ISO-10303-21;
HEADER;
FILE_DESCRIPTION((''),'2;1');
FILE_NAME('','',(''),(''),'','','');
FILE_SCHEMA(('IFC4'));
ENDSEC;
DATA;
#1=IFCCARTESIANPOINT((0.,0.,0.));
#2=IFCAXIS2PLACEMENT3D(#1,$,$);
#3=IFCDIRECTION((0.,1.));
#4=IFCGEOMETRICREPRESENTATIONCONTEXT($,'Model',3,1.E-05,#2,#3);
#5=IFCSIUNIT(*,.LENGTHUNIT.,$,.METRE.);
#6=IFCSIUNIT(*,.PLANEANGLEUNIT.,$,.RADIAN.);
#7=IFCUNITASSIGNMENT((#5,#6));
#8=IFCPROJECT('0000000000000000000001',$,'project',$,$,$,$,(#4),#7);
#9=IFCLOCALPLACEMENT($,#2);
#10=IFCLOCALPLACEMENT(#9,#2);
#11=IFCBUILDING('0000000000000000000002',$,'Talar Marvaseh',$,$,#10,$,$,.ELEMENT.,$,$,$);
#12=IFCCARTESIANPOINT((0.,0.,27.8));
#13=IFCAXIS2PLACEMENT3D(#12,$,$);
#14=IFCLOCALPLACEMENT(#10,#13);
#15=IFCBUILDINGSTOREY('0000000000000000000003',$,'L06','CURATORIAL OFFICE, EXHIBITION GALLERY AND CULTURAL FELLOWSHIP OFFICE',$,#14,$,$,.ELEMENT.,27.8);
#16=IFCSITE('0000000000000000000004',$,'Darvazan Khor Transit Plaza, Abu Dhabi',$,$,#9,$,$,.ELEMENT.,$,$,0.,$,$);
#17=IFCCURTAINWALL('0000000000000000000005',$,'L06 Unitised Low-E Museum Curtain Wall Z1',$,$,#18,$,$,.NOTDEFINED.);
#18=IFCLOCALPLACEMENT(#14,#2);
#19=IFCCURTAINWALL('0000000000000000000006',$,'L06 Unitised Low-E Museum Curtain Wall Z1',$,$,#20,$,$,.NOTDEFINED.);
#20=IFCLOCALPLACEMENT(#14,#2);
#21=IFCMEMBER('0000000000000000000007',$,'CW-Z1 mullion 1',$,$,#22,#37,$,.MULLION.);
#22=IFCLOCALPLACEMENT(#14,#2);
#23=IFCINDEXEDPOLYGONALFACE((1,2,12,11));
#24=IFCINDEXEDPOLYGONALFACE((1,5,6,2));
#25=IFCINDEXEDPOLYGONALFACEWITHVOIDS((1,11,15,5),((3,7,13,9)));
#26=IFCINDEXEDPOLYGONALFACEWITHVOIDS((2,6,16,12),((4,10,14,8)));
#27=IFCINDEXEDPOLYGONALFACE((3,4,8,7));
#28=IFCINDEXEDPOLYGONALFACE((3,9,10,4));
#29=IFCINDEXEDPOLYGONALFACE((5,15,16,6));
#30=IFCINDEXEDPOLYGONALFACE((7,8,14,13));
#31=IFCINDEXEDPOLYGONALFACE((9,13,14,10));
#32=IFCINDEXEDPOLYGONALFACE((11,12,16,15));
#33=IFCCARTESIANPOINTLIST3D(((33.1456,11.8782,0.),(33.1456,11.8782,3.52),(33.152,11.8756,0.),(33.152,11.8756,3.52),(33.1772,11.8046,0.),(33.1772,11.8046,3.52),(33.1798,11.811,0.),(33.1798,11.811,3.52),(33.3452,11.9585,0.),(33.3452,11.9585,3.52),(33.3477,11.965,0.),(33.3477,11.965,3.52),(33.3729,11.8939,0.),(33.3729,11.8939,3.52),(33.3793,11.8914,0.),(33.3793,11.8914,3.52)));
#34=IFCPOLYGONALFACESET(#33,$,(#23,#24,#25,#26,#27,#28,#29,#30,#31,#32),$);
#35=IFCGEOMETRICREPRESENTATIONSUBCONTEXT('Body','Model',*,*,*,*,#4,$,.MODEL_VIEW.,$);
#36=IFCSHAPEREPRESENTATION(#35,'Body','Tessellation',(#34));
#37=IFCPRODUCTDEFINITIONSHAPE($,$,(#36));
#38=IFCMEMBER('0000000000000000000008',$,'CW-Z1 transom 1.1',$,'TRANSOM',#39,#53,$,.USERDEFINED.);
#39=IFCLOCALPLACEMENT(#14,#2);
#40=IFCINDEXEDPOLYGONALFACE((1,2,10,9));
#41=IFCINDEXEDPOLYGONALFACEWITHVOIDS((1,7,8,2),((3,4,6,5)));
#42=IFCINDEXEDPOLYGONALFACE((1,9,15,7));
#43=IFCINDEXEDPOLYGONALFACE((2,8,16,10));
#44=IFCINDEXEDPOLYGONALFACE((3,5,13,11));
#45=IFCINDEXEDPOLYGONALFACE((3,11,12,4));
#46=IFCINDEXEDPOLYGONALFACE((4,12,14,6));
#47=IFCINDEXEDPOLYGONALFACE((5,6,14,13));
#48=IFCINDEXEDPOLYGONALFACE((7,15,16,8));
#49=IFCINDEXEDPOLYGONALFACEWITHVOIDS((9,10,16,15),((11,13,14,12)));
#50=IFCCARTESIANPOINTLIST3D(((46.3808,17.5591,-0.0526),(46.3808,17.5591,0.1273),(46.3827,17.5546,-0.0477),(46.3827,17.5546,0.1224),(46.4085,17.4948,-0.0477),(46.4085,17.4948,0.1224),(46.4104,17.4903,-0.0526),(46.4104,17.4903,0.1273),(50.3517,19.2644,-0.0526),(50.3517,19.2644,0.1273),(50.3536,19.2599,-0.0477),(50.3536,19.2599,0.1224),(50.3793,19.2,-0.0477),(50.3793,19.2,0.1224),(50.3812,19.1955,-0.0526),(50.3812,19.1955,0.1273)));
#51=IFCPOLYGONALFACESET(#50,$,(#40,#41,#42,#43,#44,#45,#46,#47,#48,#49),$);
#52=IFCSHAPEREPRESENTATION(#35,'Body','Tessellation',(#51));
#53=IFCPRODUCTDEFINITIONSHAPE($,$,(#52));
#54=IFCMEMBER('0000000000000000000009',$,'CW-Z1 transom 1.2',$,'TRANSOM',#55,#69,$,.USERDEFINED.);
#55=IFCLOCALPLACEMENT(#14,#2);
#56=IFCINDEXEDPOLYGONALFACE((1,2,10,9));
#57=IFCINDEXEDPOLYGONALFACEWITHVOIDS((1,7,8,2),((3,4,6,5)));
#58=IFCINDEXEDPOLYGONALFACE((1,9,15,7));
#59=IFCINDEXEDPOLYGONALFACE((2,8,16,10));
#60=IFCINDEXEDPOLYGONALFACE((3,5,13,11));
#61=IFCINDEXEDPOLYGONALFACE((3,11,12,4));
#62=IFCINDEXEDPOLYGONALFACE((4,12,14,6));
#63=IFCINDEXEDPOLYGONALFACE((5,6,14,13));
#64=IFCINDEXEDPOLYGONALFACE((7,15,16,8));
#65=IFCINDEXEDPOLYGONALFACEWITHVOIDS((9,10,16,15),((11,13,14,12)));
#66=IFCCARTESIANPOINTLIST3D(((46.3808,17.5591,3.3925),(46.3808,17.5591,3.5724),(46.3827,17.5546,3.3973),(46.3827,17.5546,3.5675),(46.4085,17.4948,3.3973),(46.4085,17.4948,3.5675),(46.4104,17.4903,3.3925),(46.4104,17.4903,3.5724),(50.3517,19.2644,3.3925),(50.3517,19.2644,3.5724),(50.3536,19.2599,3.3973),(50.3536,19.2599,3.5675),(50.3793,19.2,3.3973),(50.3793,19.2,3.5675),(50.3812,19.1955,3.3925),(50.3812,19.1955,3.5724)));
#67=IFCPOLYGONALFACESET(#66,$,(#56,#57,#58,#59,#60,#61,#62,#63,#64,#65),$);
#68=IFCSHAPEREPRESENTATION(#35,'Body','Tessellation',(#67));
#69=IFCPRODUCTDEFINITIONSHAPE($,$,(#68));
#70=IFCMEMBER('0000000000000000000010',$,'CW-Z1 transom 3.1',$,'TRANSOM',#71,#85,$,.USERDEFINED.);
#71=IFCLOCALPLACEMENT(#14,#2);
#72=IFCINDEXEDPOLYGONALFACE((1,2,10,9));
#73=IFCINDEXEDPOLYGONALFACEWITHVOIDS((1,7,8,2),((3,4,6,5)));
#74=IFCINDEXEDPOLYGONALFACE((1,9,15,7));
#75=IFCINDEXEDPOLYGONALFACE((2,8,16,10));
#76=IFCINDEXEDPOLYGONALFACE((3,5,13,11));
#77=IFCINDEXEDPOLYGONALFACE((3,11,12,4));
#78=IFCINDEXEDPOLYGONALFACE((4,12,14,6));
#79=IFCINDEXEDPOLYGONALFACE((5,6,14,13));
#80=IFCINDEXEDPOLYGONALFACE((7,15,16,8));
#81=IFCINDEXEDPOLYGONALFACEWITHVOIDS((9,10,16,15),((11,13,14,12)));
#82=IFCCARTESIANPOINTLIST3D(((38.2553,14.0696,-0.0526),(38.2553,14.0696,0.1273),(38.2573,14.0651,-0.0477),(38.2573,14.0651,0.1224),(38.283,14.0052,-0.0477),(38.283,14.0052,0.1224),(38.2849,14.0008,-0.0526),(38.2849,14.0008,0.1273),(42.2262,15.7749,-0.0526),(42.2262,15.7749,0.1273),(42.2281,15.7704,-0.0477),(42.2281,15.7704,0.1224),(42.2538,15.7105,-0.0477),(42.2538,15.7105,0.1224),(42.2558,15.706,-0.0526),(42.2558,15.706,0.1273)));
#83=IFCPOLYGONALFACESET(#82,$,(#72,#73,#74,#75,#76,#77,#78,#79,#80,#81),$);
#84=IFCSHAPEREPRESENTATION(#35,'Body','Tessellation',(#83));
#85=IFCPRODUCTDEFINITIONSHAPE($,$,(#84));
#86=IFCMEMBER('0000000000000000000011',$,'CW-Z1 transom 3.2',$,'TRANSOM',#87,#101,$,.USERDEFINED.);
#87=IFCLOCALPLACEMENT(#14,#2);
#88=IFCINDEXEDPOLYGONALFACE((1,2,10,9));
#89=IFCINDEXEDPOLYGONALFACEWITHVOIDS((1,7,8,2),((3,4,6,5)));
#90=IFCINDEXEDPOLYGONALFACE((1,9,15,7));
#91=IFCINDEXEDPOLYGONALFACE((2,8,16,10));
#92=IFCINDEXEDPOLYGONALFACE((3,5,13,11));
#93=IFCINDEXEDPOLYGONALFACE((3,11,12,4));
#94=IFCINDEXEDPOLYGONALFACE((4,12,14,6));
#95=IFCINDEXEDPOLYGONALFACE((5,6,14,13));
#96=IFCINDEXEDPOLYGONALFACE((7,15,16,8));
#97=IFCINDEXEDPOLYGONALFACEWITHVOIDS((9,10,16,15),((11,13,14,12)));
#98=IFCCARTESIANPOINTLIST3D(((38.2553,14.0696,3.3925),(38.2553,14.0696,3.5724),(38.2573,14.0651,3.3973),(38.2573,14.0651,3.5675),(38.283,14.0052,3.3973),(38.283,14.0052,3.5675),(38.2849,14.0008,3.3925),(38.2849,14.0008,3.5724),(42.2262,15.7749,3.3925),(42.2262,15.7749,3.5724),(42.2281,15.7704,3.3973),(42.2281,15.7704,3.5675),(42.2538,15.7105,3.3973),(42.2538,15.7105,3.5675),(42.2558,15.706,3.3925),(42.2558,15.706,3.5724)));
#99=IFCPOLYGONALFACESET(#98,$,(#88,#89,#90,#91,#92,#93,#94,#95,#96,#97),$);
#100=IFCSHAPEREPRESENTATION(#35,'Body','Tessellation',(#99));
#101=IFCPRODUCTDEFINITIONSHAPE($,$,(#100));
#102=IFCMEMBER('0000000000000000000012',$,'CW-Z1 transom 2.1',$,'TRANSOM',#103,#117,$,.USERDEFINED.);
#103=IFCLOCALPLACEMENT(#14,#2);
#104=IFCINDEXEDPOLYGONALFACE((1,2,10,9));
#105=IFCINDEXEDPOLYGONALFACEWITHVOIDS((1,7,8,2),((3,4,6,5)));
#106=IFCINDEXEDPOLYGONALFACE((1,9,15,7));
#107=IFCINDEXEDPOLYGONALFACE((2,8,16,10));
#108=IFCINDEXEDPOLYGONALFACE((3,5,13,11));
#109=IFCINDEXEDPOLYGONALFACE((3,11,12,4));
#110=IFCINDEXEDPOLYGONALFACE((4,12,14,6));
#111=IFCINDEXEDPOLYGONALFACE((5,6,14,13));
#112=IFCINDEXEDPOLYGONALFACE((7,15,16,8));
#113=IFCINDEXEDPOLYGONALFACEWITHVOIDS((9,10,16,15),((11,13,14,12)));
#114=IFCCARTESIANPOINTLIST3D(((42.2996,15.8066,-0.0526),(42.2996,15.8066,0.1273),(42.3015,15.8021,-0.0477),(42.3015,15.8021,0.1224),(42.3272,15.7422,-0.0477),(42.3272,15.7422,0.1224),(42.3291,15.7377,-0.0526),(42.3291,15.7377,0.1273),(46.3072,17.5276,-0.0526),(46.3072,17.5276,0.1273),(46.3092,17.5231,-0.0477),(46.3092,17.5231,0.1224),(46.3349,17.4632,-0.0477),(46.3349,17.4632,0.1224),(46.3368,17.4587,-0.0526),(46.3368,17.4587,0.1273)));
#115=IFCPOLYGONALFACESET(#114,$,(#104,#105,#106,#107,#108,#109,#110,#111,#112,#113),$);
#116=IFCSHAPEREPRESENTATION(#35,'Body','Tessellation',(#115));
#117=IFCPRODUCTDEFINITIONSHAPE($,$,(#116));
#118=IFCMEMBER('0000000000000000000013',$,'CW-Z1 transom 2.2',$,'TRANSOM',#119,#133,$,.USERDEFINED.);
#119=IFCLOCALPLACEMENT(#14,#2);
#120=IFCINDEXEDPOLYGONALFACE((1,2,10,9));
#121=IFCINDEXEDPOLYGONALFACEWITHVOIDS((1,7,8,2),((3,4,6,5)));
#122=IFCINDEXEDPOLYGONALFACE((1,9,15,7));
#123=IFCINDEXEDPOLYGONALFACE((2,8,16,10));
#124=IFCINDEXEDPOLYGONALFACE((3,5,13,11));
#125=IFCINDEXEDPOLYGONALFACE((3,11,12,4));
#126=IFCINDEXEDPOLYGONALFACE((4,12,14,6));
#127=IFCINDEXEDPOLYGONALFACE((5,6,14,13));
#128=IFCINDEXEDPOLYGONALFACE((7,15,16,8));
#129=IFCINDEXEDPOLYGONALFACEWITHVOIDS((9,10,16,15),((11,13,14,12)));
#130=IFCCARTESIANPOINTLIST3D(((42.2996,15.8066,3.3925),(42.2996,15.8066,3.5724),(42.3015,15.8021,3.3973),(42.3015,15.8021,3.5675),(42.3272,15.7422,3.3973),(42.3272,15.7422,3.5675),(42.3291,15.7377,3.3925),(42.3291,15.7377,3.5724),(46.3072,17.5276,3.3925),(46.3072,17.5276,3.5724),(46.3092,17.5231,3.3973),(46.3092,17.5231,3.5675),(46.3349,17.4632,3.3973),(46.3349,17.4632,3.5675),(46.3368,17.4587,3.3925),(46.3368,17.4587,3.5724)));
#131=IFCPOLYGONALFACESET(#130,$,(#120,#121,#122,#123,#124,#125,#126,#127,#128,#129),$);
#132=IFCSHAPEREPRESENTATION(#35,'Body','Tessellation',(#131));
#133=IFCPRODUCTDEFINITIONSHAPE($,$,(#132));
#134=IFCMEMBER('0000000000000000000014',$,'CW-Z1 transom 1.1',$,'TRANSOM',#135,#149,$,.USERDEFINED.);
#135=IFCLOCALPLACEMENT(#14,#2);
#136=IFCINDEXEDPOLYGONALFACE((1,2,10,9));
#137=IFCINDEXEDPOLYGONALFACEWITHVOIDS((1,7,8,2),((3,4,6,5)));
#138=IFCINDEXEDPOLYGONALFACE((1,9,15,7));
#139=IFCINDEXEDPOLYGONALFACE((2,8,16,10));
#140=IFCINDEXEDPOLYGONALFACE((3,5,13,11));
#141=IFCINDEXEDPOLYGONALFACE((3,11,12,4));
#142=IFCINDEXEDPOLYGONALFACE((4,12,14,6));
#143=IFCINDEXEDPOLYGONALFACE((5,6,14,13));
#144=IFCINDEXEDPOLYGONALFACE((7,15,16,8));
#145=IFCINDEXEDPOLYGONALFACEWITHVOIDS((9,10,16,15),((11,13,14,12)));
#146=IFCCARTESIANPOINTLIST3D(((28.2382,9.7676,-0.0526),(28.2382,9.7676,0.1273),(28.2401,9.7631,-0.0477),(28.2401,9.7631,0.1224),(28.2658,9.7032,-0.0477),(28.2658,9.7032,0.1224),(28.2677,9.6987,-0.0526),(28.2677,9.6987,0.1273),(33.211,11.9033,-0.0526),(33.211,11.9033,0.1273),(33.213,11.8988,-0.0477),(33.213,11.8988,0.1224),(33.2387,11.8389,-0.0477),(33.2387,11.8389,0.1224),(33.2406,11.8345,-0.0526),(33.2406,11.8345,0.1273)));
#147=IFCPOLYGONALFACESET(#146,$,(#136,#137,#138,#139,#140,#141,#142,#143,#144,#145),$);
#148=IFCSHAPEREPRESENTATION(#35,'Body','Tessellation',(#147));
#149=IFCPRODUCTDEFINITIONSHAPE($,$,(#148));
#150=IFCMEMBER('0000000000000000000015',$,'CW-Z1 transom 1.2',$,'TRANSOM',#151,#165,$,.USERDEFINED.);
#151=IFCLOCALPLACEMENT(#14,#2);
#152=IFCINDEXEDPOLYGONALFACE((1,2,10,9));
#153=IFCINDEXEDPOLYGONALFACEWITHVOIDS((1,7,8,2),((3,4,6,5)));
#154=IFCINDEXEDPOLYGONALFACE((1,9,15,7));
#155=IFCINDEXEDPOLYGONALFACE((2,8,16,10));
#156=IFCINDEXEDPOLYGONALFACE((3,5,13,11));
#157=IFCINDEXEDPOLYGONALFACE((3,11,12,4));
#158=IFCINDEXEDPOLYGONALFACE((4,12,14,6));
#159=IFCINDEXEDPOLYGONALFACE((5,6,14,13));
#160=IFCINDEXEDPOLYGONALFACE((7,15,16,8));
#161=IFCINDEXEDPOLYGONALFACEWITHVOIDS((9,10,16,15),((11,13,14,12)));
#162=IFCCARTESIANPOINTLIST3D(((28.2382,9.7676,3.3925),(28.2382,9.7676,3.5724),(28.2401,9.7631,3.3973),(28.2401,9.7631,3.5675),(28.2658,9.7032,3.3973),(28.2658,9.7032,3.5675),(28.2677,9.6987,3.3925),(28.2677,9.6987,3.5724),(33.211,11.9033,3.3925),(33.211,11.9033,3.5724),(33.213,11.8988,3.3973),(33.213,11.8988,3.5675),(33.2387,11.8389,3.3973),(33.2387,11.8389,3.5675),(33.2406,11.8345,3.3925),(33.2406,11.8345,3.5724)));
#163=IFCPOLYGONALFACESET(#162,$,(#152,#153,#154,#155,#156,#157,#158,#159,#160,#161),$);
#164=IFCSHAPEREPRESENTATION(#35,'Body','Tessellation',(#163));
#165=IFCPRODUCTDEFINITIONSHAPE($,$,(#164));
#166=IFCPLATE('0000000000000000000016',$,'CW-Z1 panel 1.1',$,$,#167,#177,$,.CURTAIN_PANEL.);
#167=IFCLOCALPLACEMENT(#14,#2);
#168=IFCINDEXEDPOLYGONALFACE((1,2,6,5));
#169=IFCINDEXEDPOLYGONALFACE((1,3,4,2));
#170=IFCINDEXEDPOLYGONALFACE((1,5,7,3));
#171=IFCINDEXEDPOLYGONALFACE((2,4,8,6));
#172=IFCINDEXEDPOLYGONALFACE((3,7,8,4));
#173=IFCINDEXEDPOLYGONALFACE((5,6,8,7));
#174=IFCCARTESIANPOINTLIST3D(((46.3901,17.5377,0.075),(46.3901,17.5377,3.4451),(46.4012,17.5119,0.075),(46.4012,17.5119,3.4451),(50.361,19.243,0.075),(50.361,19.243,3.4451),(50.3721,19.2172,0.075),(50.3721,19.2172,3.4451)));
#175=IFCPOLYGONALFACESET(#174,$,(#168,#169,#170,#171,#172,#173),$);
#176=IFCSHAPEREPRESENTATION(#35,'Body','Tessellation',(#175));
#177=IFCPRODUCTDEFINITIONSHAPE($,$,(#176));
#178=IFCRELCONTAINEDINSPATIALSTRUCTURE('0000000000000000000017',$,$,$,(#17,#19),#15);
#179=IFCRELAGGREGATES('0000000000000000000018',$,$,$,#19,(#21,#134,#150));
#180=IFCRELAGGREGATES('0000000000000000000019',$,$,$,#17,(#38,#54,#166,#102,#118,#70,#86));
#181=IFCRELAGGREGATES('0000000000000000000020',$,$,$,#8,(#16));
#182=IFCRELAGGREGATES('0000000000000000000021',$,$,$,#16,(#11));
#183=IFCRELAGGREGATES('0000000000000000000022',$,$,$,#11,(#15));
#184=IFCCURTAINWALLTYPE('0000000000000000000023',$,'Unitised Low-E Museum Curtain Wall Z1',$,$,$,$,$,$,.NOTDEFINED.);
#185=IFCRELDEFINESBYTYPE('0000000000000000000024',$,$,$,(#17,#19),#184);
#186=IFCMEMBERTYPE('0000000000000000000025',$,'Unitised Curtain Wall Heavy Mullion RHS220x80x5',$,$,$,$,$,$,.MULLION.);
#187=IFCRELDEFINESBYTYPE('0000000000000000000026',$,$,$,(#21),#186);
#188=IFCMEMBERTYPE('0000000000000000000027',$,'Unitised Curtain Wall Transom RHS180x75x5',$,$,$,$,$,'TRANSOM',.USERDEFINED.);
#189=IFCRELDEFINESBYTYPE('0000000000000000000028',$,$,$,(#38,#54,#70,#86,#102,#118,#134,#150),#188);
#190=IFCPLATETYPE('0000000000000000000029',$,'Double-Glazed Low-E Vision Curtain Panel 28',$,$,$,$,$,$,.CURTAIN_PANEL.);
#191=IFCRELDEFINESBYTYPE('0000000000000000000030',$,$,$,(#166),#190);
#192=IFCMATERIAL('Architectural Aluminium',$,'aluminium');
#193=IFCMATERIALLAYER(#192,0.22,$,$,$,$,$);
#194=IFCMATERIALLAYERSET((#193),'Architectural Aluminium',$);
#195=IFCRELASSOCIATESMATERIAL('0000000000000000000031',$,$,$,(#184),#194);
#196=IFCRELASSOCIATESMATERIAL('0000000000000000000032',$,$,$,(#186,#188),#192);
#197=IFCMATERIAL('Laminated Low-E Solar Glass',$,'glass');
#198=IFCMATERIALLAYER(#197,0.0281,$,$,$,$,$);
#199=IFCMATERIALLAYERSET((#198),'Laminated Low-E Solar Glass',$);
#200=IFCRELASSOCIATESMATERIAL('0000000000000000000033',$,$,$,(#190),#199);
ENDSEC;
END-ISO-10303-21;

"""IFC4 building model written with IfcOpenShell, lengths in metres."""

from ifc_helpers import new_model, si_unit, direction, frame, origin, origin_2d, place, context, subcontext, project, spatial, rectangle, hollow_rectangle, extrude, source, transform, mapped, material, layer, layer_set, material_profile, profile_set, type_object, type_shapes, element, aggregate, save


model = new_model("IFC4")

# Units and contexts
model_context = context("Model", 3, precision=1e-05, world=origin(), true_north=direction((0.0, 1.0)))
body_context = subcontext(model_context, "Body", "Model", "MODEL_VIEW")
ifc_project = project(units=[si_unit("LENGTHUNIT", "METRE"), si_unit("PLANEANGLEUNIT", "RADIAN")], contexts=[model_context])

# Site, building, storey
site_placement = place(None, origin())
site = spatial("IfcSite", under=ifc_project, at=site_placement, Name="Darvazan Khor Transit Plaza, Abu Dhabi", CompositionType="ELEMENT", RefElevation=0.0)
building_placement = place(site_placement, origin())
building = spatial("IfcBuilding", under=site, at=building_placement, Name="Talar Marvaseh", CompositionType="ELEMENT")
storey_placement = place(building_placement, frame((0.0, 0.0, 27.8)))
storey = spatial("IfcBuildingStorey", under=building, at=storey_placement, Name="L06", Description="CURATORIAL OFFICE, EXHIBITION GALLERY AND CULTURAL FELLOWSHIP OFFICE", CompositionType="ELEMENT", Elevation=27.8)

# Curtain wall
ifc_material_1 = material(Name="Architectural Aluminium", Category="aluminium")
ifc_layer_1 = layer(ifc_material_1, 0.22)
ifc_layer_set_1 = layer_set([ifc_layer_1], Name="Architectural Aluminium")
curtain_wall_type = type_object("IfcCurtainWallType", Name="Unitised Low-E Museum Curtain Wall Z1", PredefinedType="NOTDEFINED", material=ifc_layer_set_1)
curtain_wall_1_placement = place(storey_placement, origin())
curtain_wall_1 = element("IfcCurtainWall", 1, at=curtain_wall_1_placement, inside=storey, type_object=curtain_wall_type, Name="L06 Unitised Low-E Museum Curtain Wall Z1", PredefinedType="NOTDEFINED")
ifc_material_profile_1 = material_profile(ifc_material_1, hollow_rectangle(XDim=0.0801, YDim=0.22, WallThickness=0.0049, at=origin_2d()), Name="RHS220x80x5")
ifc_profile_set_1 = profile_set([ifc_material_profile_1], Name="Architectural Aluminium")
member_type_1 = type_object("IfcMemberType", Name="Unitised Curtain Wall Heavy Mullion RHS220x80x5", PredefinedType="MULLION", material=ifc_profile_set_1)
shared_shape_1 = source(origin(), body_context, "Body", "SweptSolid", [
    extrude(hollow_rectangle(XDim=0.0801, YDim=0.22, WallThickness=0.0049, at=origin_2d()), origin(), (0.0, 0.0, 1.0), 3.52),
])
type_shapes(member_type_1, [shared_shape_1])

# Curtain wall, member
curtain_wall_2_placement = place(storey_placement, origin())
curtain_wall_2 = element("IfcCurtainWall", 2, at=curtain_wall_2_placement, inside=storey, type_object=curtain_wall_type, Name="L06 Unitised Low-E Museum Curtain Wall Z1", PredefinedType="NOTDEFINED")
member_1_placement = place(storey_placement, frame((33.2625, 11.8848, 0.0), z_axis=(0.0, 0.0, 1.0), x_axis=(0.394604, -0.918851, 0.0)))
member_1 = element("IfcMember", 3, at=member_1_placement, type_object=member_type_1, Name="CW-Z1 mullion 1", PredefinedType="MULLION", context=body_context, shape_type="MappedRepresentation", body=[
    mapped(shared_shape_1, transform((0.0, 0.0, 0.0), x_axis=(1.0, 0.0, 0.0), y_axis=(0.0, 1.0, 0.0), z_axis=(0.0, 0.0, 1.0), scale=1.0)),
])

# Members
ifc_material_profile_2 = material_profile(ifc_material_1, hollow_rectangle(XDim=0.075, YDim=0.1799, WallThickness=0.0049, at=origin_2d()), Name="RHS180x75x5")
ifc_profile_set_2 = profile_set([ifc_material_profile_2], Name="Architectural Aluminium")
member_type_2 = type_object("IfcMemberType", Name="Unitised Curtain Wall Transom RHS180x75x5", ElementType="TRANSOM", PredefinedType="USERDEFINED", material=ifc_profile_set_2)
shared_shape_2 = source(origin(), body_context, "Body", "SweptSolid", [
    extrude(hollow_rectangle(XDim=0.075, YDim=0.1799, WallThickness=0.0049, at=origin_2d()), origin(), (0.0, 0.0, 1.0), 4.3215),
])
member_2_placement = place(storey_placement, frame((50.3665, 19.23, 0.0374), z_axis=(-0.918853, -0.394601, 0.0), x_axis=(0.394601, -0.918853, 0.0)))
member_2 = element("IfcMember", 4, at=member_2_placement, type_object=member_type_2, Name="CW-Z1 transom 1.1", ObjectType="TRANSOM", PredefinedType="USERDEFINED", context=body_context, shape_type="MappedRepresentation", body=[
    mapped(shared_shape_2, transform((0.0, 0.0, 0.0), x_axis=(1.0, 0.0, 0.0), y_axis=(0.0, 1.0, 0.0), z_axis=(0.0, 0.0, 1.0), scale=1.0)),
])
member_3_placement = place(storey_placement, frame((50.3665, 19.23, 3.4824), z_axis=(-0.918853, -0.394601, 0.0), x_axis=(0.394601, -0.918853, 0.0)))
member_3 = element("IfcMember", 5, at=member_3_placement, type_object=member_type_2, Name="CW-Z1 transom 1.2", ObjectType="TRANSOM", PredefinedType="USERDEFINED", context=body_context, shape_type="MappedRepresentation", body=[
    mapped(shared_shape_2, transform((0.0, 0.0, 0.0), x_axis=(1.0, 0.0, 0.0), y_axis=(0.0, 1.0, 0.0), z_axis=(0.0, 0.0, 1.0), scale=1.0)),
])
member_4_placement = place(storey_placement, frame((42.241, 15.7405, 0.0374), z_axis=(-0.918853, -0.394601, 0.0), x_axis=(0.394601, -0.918853, 0.0)))
member_4 = element("IfcMember", 6, at=member_4_placement, type_object=member_type_2, Name="CW-Z1 transom 3.1", ObjectType="TRANSOM", PredefinedType="USERDEFINED", context=body_context, shape_type="MappedRepresentation", body=[
    mapped(shared_shape_2, transform((0.0, 0.0, 0.0), x_axis=(1.0, 0.0, 0.0), y_axis=(0.0, 1.0, 0.0), z_axis=(0.0, 0.0, 1.0), scale=1.0)),
])
member_5_placement = place(storey_placement, frame((42.241, 15.7405, 3.4824), z_axis=(-0.918853, -0.394601, 0.0), x_axis=(0.394601, -0.918853, 0.0)))
member_5 = element("IfcMember", 7, at=member_5_placement, type_object=member_type_2, Name="CW-Z1 transom 3.2", ObjectType="TRANSOM", PredefinedType="USERDEFINED", context=body_context, shape_type="MappedRepresentation", body=[
    mapped(shared_shape_2, transform((0.0, 0.0, 0.0), x_axis=(1.0, 0.0, 0.0), y_axis=(0.0, 1.0, 0.0), z_axis=(0.0, 0.0, 1.0), scale=1.0)),
])
shared_shape_3 = source(origin(), body_context, "Body", "SweptSolid", [
    extrude(hollow_rectangle(XDim=0.075, YDim=0.1799, WallThickness=0.0049, at=origin_2d()), origin(), (0.0, 0.0, 1.0), 4.3616),
])
member_6_placement = place(storey_placement, frame((46.322, 17.4932, 0.0374), z_axis=(-0.918861, -0.394581, 0.0), x_axis=(0.394581, -0.918861, 0.0)))
member_6 = element("IfcMember", 8, at=member_6_placement, type_object=member_type_2, Name="CW-Z1 transom 2.1", ObjectType="TRANSOM", PredefinedType="USERDEFINED", context=body_context, shape_type="MappedRepresentation", body=[
    mapped(shared_shape_3, transform((0.0, 0.0, 0.0), x_axis=(1.0, 0.0, 0.0), y_axis=(0.0, 1.0, 0.0), z_axis=(0.0, 0.0, 1.0), scale=1.0)),
])
member_7_placement = place(storey_placement, frame((46.322, 17.4932, 3.4824), z_axis=(-0.918861, -0.394581, 0.0), x_axis=(0.394581, -0.918861, 0.0)))
member_7 = element("IfcMember", 9, at=member_7_placement, type_object=member_type_2, Name="CW-Z1 transom 2.2", ObjectType="TRANSOM", PredefinedType="USERDEFINED", context=body_context, shape_type="MappedRepresentation", body=[
    mapped(shared_shape_3, transform((0.0, 0.0, 0.0), x_axis=(1.0, 0.0, 0.0), y_axis=(0.0, 1.0, 0.0), z_axis=(0.0, 0.0, 1.0), scale=1.0)),
])
shared_shape_4 = source(origin(), body_context, "Body", "SweptSolid", [
    extrude(hollow_rectangle(XDim=0.075, YDim=0.1799, WallThickness=0.0049, at=origin_2d()), origin(), (0.0, 0.0, 1.0), 5.4121),
])
type_shapes(member_type_2, [shared_shape_2, shared_shape_3, shared_shape_4])
member_8_placement = place(storey_placement, frame((33.2258, 11.8689, 0.0374), z_axis=(-0.918844, -0.394621, 0.0), x_axis=(0.394621, -0.918844, 0.0)))
member_8 = element("IfcMember", 10, at=member_8_placement, type_object=member_type_2, Name="CW-Z1 transom 1.1", ObjectType="TRANSOM", PredefinedType="USERDEFINED", context=body_context, shape_type="MappedRepresentation", body=[
    mapped(shared_shape_4, transform((0.0, 0.0, 0.0), x_axis=(1.0, 0.0, 0.0), y_axis=(0.0, 1.0, 0.0), z_axis=(0.0, 0.0, 1.0), scale=1.0)),
])
member_9_placement = place(storey_placement, frame((33.2258, 11.8689, 3.4824), z_axis=(-0.918844, -0.394621, 0.0), x_axis=(0.394621, -0.918844, 0.0)))
member_9 = element("IfcMember", 11, at=member_9_placement, type_object=member_type_2, Name="CW-Z1 transom 1.2", ObjectType="TRANSOM", PredefinedType="USERDEFINED", context=body_context, shape_type="MappedRepresentation", body=[
    mapped(shared_shape_4, transform((0.0, 0.0, 0.0), x_axis=(1.0, 0.0, 0.0), y_axis=(0.0, 1.0, 0.0), z_axis=(0.0, 0.0, 1.0), scale=1.0)),
])
aggregate(curtain_wall_2, [member_1, member_8, member_9])

# Plate
ifc_material_2 = material(Name="Laminated Low-E Solar Glass", Category="glass")
ifc_layer_2 = layer(ifc_material_2, 0.0281)
ifc_layer_set_2 = layer_set([ifc_layer_2], Name="Laminated Low-E Solar Glass")
plate_type = type_object("IfcPlateType", Name="Double-Glazed Low-E Vision Curtain Panel 28", PredefinedType="CURTAIN_PANEL", material=ifc_layer_set_2)
shared_shape_5 = source(origin(), body_context, "Body", "SweptSolid", [
    extrude(rectangle(XDim=4.3215, YDim=0.0281, at=origin_2d()), origin(), (0.0, 0.0, 1.0), 3.3701),
])
plate_1_placement = place(storey_placement, frame((48.3811, 18.3774, 0.075), z_axis=(0.0, 0.0, 1.0), x_axis=(-0.918853, -0.394599, 0.0)))
plate_1 = element("IfcPlate", 12, at=plate_1_placement, type_object=plate_type, Name="CW-Z1 panel 1.1", PredefinedType="CURTAIN_PANEL", context=body_context, shape_type="MappedRepresentation", body=[
    mapped(shared_shape_5, transform((0.0, 0.0, 0.0), x_axis=(1.0, 0.0, 0.0), y_axis=(0.0, 1.0, 0.0), z_axis=(0.0, 0.0, 1.0), scale=1.0)),
])
aggregate(curtain_wall_1, [member_2, member_3, plate_1, member_6, member_7, member_4, member_5])

save(model, "model.ifc")
